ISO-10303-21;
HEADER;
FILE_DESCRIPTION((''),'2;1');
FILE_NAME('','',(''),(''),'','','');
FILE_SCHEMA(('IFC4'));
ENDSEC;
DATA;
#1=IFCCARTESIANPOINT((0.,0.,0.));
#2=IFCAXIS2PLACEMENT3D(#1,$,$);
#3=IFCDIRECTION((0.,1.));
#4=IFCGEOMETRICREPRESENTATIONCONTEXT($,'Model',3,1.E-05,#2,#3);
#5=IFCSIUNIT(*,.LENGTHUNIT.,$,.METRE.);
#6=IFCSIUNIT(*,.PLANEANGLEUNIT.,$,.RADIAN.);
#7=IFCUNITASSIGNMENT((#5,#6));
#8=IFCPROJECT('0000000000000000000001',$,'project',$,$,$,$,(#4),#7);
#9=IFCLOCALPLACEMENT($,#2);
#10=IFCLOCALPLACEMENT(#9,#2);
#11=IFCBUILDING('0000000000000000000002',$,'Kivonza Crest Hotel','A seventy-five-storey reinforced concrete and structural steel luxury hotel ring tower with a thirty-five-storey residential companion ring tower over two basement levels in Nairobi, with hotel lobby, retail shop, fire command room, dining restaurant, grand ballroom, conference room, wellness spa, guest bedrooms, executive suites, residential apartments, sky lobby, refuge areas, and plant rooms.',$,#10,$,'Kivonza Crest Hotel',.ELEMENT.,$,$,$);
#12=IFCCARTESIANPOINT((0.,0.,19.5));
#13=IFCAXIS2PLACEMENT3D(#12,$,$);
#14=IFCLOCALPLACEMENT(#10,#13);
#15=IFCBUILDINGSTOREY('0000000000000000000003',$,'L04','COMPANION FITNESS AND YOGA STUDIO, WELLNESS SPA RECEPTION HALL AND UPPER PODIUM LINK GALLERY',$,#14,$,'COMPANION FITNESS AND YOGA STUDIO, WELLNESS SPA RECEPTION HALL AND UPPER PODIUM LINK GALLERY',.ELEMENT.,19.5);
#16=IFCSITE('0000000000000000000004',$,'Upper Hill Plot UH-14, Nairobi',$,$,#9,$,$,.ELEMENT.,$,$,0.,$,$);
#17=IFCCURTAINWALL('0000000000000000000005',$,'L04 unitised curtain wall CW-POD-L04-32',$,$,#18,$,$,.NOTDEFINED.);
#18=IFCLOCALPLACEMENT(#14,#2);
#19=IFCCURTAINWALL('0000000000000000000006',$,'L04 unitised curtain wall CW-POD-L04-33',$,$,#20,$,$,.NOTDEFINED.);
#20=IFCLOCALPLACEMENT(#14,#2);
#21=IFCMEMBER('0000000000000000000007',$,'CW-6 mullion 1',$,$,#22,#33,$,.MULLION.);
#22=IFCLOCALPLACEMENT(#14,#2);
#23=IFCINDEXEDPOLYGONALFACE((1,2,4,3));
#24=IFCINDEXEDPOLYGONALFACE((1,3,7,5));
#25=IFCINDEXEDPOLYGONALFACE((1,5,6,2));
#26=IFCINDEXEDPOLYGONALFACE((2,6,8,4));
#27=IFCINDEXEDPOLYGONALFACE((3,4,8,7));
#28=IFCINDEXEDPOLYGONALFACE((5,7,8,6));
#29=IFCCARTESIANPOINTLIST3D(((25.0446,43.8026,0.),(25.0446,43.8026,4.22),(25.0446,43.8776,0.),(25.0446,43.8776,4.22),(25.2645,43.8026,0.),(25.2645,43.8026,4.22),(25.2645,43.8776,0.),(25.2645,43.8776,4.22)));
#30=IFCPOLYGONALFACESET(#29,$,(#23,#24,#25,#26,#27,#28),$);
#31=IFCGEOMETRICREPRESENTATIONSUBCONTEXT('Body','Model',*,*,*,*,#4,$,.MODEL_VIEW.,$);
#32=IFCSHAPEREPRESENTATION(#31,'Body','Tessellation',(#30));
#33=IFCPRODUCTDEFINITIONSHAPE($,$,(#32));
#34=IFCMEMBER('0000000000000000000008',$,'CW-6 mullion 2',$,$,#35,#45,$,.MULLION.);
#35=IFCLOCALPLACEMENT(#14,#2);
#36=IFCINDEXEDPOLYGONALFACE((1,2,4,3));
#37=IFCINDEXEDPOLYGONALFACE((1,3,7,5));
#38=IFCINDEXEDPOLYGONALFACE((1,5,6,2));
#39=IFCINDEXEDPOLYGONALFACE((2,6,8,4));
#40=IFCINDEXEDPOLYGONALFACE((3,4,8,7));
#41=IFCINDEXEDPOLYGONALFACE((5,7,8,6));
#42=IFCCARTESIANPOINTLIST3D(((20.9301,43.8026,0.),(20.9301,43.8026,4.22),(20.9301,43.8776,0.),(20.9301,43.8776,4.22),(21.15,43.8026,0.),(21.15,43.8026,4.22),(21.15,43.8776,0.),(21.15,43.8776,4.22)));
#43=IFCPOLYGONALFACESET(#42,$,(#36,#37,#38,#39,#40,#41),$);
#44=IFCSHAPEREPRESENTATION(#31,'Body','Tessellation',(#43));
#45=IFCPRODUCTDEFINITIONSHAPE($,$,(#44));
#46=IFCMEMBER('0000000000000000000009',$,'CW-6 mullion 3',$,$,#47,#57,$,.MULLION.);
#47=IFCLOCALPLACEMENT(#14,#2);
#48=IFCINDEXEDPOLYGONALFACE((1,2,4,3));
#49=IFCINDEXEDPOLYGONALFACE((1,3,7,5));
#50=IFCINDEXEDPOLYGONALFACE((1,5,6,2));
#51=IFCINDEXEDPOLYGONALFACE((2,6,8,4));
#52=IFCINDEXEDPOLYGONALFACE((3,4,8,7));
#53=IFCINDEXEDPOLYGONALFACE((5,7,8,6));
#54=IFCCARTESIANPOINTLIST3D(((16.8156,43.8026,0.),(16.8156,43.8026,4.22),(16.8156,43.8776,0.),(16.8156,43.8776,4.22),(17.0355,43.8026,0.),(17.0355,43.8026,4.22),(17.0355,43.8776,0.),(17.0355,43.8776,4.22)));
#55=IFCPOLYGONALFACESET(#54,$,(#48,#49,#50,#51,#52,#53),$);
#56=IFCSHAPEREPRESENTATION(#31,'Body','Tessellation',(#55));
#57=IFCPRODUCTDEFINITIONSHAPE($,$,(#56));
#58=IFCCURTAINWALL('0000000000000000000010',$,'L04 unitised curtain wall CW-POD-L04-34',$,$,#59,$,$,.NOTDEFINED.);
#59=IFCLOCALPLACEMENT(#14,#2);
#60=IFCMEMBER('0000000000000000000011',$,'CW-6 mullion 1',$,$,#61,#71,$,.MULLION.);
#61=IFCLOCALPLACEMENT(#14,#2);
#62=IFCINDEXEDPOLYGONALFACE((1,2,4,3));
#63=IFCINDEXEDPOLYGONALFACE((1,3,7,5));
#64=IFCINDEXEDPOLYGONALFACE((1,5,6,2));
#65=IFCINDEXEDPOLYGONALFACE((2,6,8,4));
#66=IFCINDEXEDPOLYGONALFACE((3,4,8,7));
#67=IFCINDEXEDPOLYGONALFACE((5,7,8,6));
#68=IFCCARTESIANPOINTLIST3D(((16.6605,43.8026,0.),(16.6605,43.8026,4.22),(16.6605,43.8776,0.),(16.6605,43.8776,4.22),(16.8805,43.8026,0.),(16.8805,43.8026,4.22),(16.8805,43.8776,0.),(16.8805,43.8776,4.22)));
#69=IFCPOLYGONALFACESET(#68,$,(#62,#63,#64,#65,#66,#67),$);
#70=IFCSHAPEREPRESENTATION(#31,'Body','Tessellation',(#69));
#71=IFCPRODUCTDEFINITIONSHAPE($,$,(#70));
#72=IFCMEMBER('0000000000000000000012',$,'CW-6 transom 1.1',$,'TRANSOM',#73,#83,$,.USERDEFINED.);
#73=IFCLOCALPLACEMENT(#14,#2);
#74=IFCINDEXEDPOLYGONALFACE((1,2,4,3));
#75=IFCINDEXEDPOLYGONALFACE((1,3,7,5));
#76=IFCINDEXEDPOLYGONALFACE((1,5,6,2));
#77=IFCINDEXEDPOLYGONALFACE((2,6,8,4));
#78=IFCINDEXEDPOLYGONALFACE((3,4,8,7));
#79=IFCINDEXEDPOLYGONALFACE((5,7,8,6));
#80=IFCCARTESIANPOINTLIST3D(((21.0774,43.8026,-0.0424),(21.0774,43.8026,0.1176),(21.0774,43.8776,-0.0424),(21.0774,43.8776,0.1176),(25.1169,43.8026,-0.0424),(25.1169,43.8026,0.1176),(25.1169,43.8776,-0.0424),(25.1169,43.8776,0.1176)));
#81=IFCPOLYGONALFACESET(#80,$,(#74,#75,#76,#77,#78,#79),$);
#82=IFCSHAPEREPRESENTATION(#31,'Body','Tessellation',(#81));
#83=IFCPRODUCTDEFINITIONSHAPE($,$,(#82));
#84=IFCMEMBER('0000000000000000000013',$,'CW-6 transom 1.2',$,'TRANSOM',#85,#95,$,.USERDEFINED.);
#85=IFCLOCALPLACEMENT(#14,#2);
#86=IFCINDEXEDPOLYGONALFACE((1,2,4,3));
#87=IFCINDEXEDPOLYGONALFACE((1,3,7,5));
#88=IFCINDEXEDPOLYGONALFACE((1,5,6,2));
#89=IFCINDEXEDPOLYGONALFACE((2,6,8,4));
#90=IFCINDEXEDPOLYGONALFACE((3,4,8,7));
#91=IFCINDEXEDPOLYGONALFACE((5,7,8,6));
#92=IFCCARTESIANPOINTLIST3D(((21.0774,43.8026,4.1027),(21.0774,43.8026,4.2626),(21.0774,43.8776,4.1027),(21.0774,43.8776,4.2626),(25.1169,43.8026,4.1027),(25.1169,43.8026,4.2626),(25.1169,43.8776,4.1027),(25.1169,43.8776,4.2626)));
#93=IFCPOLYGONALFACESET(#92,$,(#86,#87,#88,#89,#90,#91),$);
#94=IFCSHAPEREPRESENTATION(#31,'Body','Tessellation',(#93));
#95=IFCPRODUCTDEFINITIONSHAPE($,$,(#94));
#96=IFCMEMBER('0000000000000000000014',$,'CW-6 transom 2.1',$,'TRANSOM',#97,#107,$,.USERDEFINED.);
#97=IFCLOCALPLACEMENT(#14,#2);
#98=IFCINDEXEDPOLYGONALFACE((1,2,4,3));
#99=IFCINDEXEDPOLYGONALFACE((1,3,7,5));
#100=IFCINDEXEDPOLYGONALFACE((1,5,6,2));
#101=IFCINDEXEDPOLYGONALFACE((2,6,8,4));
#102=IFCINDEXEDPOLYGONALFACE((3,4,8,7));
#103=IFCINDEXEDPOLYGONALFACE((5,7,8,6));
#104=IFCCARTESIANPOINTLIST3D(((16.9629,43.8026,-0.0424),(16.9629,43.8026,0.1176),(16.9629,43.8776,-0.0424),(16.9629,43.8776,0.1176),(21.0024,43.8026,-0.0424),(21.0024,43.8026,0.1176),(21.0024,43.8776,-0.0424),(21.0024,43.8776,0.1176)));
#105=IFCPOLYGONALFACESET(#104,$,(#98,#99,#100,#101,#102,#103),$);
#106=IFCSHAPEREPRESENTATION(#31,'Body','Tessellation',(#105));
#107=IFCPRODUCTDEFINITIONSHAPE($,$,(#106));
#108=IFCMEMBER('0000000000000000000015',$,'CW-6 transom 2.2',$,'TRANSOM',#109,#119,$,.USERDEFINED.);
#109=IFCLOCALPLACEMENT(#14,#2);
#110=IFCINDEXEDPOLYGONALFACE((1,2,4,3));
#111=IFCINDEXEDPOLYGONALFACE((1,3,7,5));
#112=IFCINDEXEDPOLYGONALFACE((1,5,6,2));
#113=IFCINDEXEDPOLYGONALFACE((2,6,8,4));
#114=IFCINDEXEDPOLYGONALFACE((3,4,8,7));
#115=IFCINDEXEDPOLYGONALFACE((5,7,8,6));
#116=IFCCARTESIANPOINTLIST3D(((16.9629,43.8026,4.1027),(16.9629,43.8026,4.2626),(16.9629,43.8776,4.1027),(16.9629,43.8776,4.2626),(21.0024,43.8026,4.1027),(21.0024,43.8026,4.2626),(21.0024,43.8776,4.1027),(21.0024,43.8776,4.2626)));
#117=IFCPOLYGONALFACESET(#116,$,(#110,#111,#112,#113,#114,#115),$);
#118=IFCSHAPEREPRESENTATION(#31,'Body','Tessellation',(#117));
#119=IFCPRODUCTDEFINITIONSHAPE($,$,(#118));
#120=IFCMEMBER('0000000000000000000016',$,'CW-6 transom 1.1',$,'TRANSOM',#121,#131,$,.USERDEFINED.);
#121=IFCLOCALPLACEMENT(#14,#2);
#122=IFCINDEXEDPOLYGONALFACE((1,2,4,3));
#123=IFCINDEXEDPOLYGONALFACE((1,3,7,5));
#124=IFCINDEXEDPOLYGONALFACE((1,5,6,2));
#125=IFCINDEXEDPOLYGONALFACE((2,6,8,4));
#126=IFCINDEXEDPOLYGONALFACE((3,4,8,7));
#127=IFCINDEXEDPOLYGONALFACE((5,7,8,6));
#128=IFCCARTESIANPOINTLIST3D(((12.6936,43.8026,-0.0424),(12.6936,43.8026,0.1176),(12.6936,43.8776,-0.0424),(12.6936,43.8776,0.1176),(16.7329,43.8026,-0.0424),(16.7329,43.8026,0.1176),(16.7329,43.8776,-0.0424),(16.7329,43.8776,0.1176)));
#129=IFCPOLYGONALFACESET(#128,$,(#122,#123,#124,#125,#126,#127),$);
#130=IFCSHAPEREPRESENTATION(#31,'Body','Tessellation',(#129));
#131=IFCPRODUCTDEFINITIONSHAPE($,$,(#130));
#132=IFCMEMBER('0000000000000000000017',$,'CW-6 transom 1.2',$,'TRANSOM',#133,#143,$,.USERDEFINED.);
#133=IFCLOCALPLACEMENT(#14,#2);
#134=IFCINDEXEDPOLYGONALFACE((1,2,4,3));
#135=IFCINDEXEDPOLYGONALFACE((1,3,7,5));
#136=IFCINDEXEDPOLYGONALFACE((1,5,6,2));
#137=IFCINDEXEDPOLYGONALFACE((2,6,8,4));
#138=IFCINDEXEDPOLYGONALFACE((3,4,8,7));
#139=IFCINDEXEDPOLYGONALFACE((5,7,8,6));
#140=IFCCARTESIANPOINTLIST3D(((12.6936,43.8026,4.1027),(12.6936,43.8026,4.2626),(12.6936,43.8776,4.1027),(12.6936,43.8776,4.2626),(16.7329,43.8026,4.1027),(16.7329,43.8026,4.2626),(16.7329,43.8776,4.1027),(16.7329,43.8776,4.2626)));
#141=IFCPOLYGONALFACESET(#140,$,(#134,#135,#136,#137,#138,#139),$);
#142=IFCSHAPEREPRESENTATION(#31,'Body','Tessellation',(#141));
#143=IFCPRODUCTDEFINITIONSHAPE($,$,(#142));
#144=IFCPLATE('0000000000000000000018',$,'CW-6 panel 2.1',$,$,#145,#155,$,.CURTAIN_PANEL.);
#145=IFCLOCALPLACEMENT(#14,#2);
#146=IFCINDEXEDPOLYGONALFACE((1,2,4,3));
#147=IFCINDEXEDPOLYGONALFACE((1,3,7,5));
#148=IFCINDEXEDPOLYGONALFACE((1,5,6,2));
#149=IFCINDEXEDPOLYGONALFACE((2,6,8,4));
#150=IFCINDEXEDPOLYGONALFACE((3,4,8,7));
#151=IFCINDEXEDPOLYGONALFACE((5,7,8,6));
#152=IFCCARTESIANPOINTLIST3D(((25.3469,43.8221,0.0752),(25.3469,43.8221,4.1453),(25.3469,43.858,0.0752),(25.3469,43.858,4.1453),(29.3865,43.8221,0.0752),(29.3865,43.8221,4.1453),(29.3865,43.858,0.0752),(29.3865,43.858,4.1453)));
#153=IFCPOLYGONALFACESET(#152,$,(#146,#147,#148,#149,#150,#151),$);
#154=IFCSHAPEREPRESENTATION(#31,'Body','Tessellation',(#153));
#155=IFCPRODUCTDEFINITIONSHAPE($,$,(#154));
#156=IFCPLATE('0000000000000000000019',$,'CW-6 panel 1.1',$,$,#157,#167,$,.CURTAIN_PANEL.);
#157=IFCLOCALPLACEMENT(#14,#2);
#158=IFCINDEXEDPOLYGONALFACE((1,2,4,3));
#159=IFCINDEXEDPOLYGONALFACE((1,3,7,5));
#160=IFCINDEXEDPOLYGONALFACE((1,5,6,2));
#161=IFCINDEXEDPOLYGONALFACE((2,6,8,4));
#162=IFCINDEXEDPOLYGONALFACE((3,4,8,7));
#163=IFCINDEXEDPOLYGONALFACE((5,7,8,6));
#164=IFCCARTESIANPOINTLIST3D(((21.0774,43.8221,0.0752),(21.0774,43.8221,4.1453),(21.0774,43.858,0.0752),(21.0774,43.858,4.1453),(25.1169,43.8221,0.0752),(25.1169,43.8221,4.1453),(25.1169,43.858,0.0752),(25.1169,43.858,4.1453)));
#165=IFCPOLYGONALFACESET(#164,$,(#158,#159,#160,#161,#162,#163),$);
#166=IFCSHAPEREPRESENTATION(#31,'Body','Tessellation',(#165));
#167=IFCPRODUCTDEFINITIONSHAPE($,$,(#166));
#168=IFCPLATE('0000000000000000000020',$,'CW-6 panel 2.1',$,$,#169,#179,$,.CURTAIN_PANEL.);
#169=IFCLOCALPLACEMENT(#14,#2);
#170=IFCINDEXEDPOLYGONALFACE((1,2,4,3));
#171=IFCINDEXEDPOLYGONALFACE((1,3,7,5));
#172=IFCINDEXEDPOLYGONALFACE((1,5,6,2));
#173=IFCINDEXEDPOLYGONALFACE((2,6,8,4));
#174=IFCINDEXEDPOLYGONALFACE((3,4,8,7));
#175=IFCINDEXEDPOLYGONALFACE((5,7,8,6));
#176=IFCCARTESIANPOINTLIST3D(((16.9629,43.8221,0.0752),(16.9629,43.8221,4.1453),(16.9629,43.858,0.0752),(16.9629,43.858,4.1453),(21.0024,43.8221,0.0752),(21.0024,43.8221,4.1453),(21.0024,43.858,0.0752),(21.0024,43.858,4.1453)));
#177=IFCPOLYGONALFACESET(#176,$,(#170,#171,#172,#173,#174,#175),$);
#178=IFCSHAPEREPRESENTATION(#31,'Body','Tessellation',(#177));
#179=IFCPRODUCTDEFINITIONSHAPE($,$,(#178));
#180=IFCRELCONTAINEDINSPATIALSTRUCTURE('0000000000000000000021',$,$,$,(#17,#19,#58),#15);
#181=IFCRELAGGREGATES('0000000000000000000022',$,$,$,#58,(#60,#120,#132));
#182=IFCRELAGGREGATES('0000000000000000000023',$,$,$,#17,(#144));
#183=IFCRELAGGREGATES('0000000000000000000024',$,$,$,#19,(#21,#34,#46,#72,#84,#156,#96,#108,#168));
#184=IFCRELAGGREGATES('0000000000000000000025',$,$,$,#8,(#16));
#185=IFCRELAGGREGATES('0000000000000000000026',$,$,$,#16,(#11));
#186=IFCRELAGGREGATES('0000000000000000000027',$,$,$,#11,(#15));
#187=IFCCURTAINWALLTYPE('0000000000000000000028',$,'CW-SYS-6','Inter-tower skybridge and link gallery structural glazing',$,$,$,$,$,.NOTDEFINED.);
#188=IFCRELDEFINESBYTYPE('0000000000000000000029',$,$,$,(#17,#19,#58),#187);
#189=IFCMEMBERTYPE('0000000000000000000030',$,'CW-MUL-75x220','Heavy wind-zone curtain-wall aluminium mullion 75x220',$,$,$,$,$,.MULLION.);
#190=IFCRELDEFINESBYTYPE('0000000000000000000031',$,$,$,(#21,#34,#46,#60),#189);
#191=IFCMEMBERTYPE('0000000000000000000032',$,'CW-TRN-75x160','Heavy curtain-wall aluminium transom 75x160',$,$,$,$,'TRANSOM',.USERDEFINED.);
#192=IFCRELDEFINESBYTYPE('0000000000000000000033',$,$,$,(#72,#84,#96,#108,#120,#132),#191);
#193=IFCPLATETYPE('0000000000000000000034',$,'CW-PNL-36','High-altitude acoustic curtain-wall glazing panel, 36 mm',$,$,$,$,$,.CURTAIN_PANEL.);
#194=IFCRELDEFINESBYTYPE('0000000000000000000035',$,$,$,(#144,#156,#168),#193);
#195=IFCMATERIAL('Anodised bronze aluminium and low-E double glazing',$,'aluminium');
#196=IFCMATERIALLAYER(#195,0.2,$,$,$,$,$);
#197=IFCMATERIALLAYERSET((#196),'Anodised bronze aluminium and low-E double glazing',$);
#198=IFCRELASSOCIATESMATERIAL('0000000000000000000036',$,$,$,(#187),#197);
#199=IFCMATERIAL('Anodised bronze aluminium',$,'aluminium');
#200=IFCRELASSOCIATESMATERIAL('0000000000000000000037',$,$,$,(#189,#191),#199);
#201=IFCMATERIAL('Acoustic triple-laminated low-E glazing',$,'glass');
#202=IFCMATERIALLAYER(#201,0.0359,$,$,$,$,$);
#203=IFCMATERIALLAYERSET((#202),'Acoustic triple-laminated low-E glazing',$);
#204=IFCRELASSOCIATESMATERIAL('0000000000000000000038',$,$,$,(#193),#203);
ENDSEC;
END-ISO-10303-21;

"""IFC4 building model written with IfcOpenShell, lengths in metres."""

from ifc_helpers import new_model, si_unit, direction, frame, origin, origin_2d, place, context, subcontext, project, spatial, rectangle, extrude, material, layer, layer_set, material_profile, profile_set, type_object, element, aggregate, save


model = new_model("IFC4")

# Units and contexts
model_context = context("Model", 3, precision=1e-05, world=origin(), true_north=direction((0.0, 1.0)))
body_context = subcontext(model_context, "Body", "Model", "MODEL_VIEW")
ifc_project = project(units=[si_unit("LENGTHUNIT", "METRE"), si_unit("PLANEANGLEUNIT", "RADIAN")], contexts=[model_context])

# Site, building, storey
site_placement = place(None, origin())
site = spatial("IfcSite", under=ifc_project, at=site_placement, Name="Upper Hill Plot UH-14, Nairobi", CompositionType="ELEMENT", RefElevation=0.0)
building_placement = place(site_placement, origin())
building = spatial("IfcBuilding", under=site, at=building_placement, Name="Kivonza Crest Hotel", Description="A seventy-five-storey reinforced concrete and structural steel luxury hotel ring tower with a thirty-five-storey residential companion ring tower over two basement levels in Nairobi, with hotel lobby, retail shop, fire command room, dining restaurant, grand ballroom, conference room, wellness spa, guest bedrooms, executive suites, residential apartments, sky lobby, refuge areas, and plant rooms.", LongName="Kivonza Crest Hotel", CompositionType="ELEMENT")
storey_placement = place(building_placement, frame((0.0, 0.0, 19.5)))
storey = spatial("IfcBuildingStorey", under=building, at=storey_placement, Name="L04", Description="COMPANION FITNESS AND YOGA STUDIO, WELLNESS SPA RECEPTION HALL AND UPPER PODIUM LINK GALLERY", LongName="COMPANION FITNESS AND YOGA STUDIO, WELLNESS SPA RECEPTION HALL AND UPPER PODIUM LINK GALLERY", CompositionType="ELEMENT", Elevation=19.5)

# Curtain wall
ifc_material_1 = material(Name="Anodised bronze aluminium and low-E double glazing", Category="aluminium")
ifc_layer_1 = layer(ifc_material_1, 0.2)
ifc_layer_set_1 = layer_set([ifc_layer_1], Name="Anodised bronze aluminium and low-E double glazing")
curtain_wall_type = type_object("IfcCurtainWallType", Name="CW-SYS-6", Description="Inter-tower skybridge and link gallery structural glazing", PredefinedType="NOTDEFINED", material=ifc_layer_set_1)
curtain_wall_1_placement = place(storey_placement, origin())
curtain_wall_1 = element("IfcCurtainWall", 1, at=curtain_wall_1_placement, inside=storey, type_object=curtain_wall_type, Name="L04 unitised curtain wall CW-POD-L04-32", PredefinedType="NOTDEFINED")
ifc_material_2 = material(Name="Anodised bronze aluminium", Category="aluminium")
ifc_material_profile_1 = material_profile(ifc_material_2, rectangle(XDim=0.075, YDim=0.22, at=origin_2d()), Name="CW-M 75x220")
ifc_profile_set_1 = profile_set([ifc_material_profile_1], Name="Anodised bronze aluminium")
member_type_1 = type_object("IfcMemberType", Name="CW-MUL-75x220", Description="Heavy wind-zone curtain-wall aluminium mullion 75x220", PredefinedType="MULLION", material=ifc_profile_set_1)

# Curtain wall, members
curtain_wall_2_placement = place(storey_placement, origin())
curtain_wall_2 = element("IfcCurtainWall", 2, at=curtain_wall_2_placement, inside=storey, type_object=curtain_wall_type, Name="L04 unitised curtain wall CW-POD-L04-33", PredefinedType="NOTDEFINED")
member_1_placement = place(storey_placement, frame((25.1545, 43.8401, 0.0), z_axis=(0.0, 0.0, 1.0), x_axis=(0.0, -1.0, 0.0)))
member_1 = element("IfcMember", 3, at=member_1_placement, type_object=member_type_1, Name="CW-6 mullion 1", PredefinedType="MULLION", context=body_context, shape_type="SweptSolid", body=[
    extrude(rectangle(XDim=0.075, YDim=0.22, at=origin_2d()), origin(), (0.0, 0.0, 1.0), 4.22),
])
member_2_placement = place(storey_placement, frame((21.04, 43.8401, 0.0), z_axis=(0.0, 0.0, 1.0), x_axis=(0.0, -1.0, 0.0)))
member_2 = element("IfcMember", 4, at=member_2_placement, type_object=member_type_1, Name="CW-6 mullion 2", PredefinedType="MULLION", context=body_context, shape_type="SweptSolid", body=[
    extrude(rectangle(XDim=0.075, YDim=0.22, at=origin_2d()), origin(), (0.0, 0.0, 1.0), 4.22),
])
member_3_placement = place(storey_placement, frame((16.9255, 43.8401, 0.0), z_axis=(0.0, 0.0, 1.0), x_axis=(0.0, -1.0, 0.0)))
member_3 = element("IfcMember", 5, at=member_3_placement, type_object=member_type_1, Name="CW-6 mullion 3", PredefinedType="MULLION", context=body_context, shape_type="SweptSolid", body=[
    extrude(rectangle(XDim=0.075, YDim=0.22, at=origin_2d()), origin(), (0.0, 0.0, 1.0), 4.22),
])

# Curtain wall, member
curtain_wall_3_placement = place(storey_placement, origin())
curtain_wall_3 = element("IfcCurtainWall", 6, at=curtain_wall_3_placement, inside=storey, type_object=curtain_wall_type, Name="L04 unitised curtain wall CW-POD-L04-34", PredefinedType="NOTDEFINED")
member_4_placement = place(storey_placement, frame((16.7705, 43.8401, 0.0), z_axis=(0.0, 0.0, 1.0), x_axis=(0.0, -1.0, 0.0)))
member_4 = element("IfcMember", 7, at=member_4_placement, type_object=member_type_1, Name="CW-6 mullion 1", PredefinedType="MULLION", context=body_context, shape_type="SweptSolid", body=[
    extrude(rectangle(XDim=0.075, YDim=0.22, at=origin_2d()), origin(), (0.0, 0.0, 1.0), 4.22),
])

# Members
ifc_material_profile_2 = material_profile(ifc_material_2, rectangle(XDim=0.075, YDim=0.1599, at=origin_2d()), Name="CW-T 75x160")
ifc_profile_set_2 = profile_set([ifc_material_profile_2], Name="Anodised bronze aluminium")
member_type_2 = type_object("IfcMemberType", Name="CW-TRN-75x160", Description="Heavy curtain-wall aluminium transom 75x160", ElementType="TRANSOM", PredefinedType="USERDEFINED", material=ifc_profile_set_2)
member_5_placement = place(storey_placement, frame((25.1169, 43.8401, 0.0376), z_axis=(-1.0, 0.0, 0.0), x_axis=(0.0, -1.0, 0.0)))
member_5 = element("IfcMember", 8, at=member_5_placement, type_object=member_type_2, Name="CW-6 transom 1.1", ObjectType="TRANSOM", PredefinedType="USERDEFINED", context=body_context, shape_type="SweptSolid", body=[
    extrude(rectangle(XDim=0.075, YDim=0.1599, at=origin_2d()), origin(), (0.0, 0.0, 1.0), 4.0396),
])
member_6_placement = place(storey_placement, frame((25.1169, 43.8401, 4.1826), z_axis=(-1.0, 0.0, 0.0), x_axis=(0.0, -1.0, 0.0)))
member_6 = element("IfcMember", 9, at=member_6_placement, type_object=member_type_2, Name="CW-6 transom 1.2", ObjectType="TRANSOM", PredefinedType="USERDEFINED", context=body_context, shape_type="SweptSolid", body=[
    extrude(rectangle(XDim=0.075, YDim=0.1599, at=origin_2d()), origin(), (0.0, 0.0, 1.0), 4.0396),
])
member_7_placement = place(storey_placement, frame((21.0024, 43.8401, 0.0376), z_axis=(-1.0, 0.0, 0.0), x_axis=(0.0, -1.0, 0.0)))
member_7 = element("IfcMember", 10, at=member_7_placement, type_object=member_type_2, Name="CW-6 transom 2.1", ObjectType="TRANSOM", PredefinedType="USERDEFINED", context=body_context, shape_type="SweptSolid", body=[
    extrude(rectangle(XDim=0.075, YDim=0.1599, at=origin_2d()), origin(), (0.0, 0.0, 1.0), 4.0396),
])
member_8_placement = place(storey_placement, frame((21.0024, 43.8401, 4.1826), z_axis=(-1.0, 0.0, 0.0), x_axis=(0.0, -1.0, 0.0)))
member_8 = element("IfcMember", 11, at=member_8_placement, type_object=member_type_2, Name="CW-6 transom 2.2", ObjectType="TRANSOM", PredefinedType="USERDEFINED", context=body_context, shape_type="SweptSolid", body=[
    extrude(rectangle(XDim=0.075, YDim=0.1599, at=origin_2d()), origin(), (0.0, 0.0, 1.0), 4.0396),
])
member_9_placement = place(storey_placement, frame((16.7329, 43.8401, 0.0376), z_axis=(-1.0, 0.0, 0.0), x_axis=(0.0, -1.0, 0.0)))
member_9 = element("IfcMember", 12, at=member_9_placement, type_object=member_type_2, Name="CW-6 transom 1.1", ObjectType="TRANSOM", PredefinedType="USERDEFINED", context=body_context, shape_type="SweptSolid", body=[
    extrude(rectangle(XDim=0.075, YDim=0.1599, at=origin_2d()), origin(), (0.0, 0.0, 1.0), 4.0393),
])
member_10_placement = place(storey_placement, frame((16.7329, 43.8401, 4.1826), z_axis=(-1.0, 0.0, 0.0), x_axis=(0.0, -1.0, 0.0)))
member_10 = element("IfcMember", 13, at=member_10_placement, type_object=member_type_2, Name="CW-6 transom 1.2", ObjectType="TRANSOM", PredefinedType="USERDEFINED", context=body_context, shape_type="SweptSolid", body=[
    extrude(rectangle(XDim=0.075, YDim=0.1599, at=origin_2d()), origin(), (0.0, 0.0, 1.0), 4.0393),
])
aggregate(curtain_wall_3, [member_4, member_9, member_10])

# Plates
ifc_material_3 = material(Name="Acoustic triple-laminated low-E glazing", Category="glass")
ifc_layer_2 = layer(ifc_material_3, 0.0359)
ifc_layer_set_2 = layer_set([ifc_layer_2], Name="Acoustic triple-laminated low-E glazing")
plate_type = type_object("IfcPlateType", Name="CW-PNL-36", Description="High-altitude acoustic curtain-wall glazing panel, 36 mm", PredefinedType="CURTAIN_PANEL", material=ifc_layer_set_2)
plate_1_placement = place(storey_placement, frame((27.3667, 43.8401, 0.0752), z_axis=(0.0, 0.0, 1.0), x_axis=(-1.0, 0.0, 0.0)))
plate_1 = element("IfcPlate", 14, at=plate_1_placement, type_object=plate_type, Name="CW-6 panel 2.1", PredefinedType="CURTAIN_PANEL", context=body_context, shape_type="SweptSolid", body=[
    extrude(rectangle(XDim=4.0396, YDim=0.0359, at=origin_2d()), origin(), (0.0, 0.0, 1.0), 4.0701),
])
aggregate(curtain_wall_1, [plate_1])
plate_2_placement = place(storey_placement, frame((23.0972, 43.8401, 0.0752), z_axis=(0.0, 0.0, 1.0), x_axis=(-1.0, 0.0, 0.0)))
plate_2 = element("IfcPlate", 15, at=plate_2_placement, type_object=plate_type, Name="CW-6 panel 1.1", PredefinedType="CURTAIN_PANEL", context=body_context, shape_type="SweptSolid", body=[
    extrude(rectangle(XDim=4.0396, YDim=0.0359, at=origin_2d()), origin(), (0.0, 0.0, 1.0), 4.0701),
])
plate_3_placement = place(storey_placement, frame((18.9827, 43.8401, 0.0752), z_axis=(0.0, 0.0, 1.0), x_axis=(-1.0, 0.0, 0.0)))
plate_3 = element("IfcPlate", 16, at=plate_3_placement, type_object=plate_type, Name="CW-6 panel 2.1", PredefinedType="CURTAIN_PANEL", context=body_context, shape_type="SweptSolid", body=[
    extrude(rectangle(XDim=4.0396, YDim=0.0359, at=origin_2d()), origin(), (0.0, 0.0, 1.0), 4.0701),
])
aggregate(curtain_wall_2, [member_1, member_2, member_3, member_5, member_6, plate_2, member_7, member_8, plate_3])

save(model, "model.ifc")
